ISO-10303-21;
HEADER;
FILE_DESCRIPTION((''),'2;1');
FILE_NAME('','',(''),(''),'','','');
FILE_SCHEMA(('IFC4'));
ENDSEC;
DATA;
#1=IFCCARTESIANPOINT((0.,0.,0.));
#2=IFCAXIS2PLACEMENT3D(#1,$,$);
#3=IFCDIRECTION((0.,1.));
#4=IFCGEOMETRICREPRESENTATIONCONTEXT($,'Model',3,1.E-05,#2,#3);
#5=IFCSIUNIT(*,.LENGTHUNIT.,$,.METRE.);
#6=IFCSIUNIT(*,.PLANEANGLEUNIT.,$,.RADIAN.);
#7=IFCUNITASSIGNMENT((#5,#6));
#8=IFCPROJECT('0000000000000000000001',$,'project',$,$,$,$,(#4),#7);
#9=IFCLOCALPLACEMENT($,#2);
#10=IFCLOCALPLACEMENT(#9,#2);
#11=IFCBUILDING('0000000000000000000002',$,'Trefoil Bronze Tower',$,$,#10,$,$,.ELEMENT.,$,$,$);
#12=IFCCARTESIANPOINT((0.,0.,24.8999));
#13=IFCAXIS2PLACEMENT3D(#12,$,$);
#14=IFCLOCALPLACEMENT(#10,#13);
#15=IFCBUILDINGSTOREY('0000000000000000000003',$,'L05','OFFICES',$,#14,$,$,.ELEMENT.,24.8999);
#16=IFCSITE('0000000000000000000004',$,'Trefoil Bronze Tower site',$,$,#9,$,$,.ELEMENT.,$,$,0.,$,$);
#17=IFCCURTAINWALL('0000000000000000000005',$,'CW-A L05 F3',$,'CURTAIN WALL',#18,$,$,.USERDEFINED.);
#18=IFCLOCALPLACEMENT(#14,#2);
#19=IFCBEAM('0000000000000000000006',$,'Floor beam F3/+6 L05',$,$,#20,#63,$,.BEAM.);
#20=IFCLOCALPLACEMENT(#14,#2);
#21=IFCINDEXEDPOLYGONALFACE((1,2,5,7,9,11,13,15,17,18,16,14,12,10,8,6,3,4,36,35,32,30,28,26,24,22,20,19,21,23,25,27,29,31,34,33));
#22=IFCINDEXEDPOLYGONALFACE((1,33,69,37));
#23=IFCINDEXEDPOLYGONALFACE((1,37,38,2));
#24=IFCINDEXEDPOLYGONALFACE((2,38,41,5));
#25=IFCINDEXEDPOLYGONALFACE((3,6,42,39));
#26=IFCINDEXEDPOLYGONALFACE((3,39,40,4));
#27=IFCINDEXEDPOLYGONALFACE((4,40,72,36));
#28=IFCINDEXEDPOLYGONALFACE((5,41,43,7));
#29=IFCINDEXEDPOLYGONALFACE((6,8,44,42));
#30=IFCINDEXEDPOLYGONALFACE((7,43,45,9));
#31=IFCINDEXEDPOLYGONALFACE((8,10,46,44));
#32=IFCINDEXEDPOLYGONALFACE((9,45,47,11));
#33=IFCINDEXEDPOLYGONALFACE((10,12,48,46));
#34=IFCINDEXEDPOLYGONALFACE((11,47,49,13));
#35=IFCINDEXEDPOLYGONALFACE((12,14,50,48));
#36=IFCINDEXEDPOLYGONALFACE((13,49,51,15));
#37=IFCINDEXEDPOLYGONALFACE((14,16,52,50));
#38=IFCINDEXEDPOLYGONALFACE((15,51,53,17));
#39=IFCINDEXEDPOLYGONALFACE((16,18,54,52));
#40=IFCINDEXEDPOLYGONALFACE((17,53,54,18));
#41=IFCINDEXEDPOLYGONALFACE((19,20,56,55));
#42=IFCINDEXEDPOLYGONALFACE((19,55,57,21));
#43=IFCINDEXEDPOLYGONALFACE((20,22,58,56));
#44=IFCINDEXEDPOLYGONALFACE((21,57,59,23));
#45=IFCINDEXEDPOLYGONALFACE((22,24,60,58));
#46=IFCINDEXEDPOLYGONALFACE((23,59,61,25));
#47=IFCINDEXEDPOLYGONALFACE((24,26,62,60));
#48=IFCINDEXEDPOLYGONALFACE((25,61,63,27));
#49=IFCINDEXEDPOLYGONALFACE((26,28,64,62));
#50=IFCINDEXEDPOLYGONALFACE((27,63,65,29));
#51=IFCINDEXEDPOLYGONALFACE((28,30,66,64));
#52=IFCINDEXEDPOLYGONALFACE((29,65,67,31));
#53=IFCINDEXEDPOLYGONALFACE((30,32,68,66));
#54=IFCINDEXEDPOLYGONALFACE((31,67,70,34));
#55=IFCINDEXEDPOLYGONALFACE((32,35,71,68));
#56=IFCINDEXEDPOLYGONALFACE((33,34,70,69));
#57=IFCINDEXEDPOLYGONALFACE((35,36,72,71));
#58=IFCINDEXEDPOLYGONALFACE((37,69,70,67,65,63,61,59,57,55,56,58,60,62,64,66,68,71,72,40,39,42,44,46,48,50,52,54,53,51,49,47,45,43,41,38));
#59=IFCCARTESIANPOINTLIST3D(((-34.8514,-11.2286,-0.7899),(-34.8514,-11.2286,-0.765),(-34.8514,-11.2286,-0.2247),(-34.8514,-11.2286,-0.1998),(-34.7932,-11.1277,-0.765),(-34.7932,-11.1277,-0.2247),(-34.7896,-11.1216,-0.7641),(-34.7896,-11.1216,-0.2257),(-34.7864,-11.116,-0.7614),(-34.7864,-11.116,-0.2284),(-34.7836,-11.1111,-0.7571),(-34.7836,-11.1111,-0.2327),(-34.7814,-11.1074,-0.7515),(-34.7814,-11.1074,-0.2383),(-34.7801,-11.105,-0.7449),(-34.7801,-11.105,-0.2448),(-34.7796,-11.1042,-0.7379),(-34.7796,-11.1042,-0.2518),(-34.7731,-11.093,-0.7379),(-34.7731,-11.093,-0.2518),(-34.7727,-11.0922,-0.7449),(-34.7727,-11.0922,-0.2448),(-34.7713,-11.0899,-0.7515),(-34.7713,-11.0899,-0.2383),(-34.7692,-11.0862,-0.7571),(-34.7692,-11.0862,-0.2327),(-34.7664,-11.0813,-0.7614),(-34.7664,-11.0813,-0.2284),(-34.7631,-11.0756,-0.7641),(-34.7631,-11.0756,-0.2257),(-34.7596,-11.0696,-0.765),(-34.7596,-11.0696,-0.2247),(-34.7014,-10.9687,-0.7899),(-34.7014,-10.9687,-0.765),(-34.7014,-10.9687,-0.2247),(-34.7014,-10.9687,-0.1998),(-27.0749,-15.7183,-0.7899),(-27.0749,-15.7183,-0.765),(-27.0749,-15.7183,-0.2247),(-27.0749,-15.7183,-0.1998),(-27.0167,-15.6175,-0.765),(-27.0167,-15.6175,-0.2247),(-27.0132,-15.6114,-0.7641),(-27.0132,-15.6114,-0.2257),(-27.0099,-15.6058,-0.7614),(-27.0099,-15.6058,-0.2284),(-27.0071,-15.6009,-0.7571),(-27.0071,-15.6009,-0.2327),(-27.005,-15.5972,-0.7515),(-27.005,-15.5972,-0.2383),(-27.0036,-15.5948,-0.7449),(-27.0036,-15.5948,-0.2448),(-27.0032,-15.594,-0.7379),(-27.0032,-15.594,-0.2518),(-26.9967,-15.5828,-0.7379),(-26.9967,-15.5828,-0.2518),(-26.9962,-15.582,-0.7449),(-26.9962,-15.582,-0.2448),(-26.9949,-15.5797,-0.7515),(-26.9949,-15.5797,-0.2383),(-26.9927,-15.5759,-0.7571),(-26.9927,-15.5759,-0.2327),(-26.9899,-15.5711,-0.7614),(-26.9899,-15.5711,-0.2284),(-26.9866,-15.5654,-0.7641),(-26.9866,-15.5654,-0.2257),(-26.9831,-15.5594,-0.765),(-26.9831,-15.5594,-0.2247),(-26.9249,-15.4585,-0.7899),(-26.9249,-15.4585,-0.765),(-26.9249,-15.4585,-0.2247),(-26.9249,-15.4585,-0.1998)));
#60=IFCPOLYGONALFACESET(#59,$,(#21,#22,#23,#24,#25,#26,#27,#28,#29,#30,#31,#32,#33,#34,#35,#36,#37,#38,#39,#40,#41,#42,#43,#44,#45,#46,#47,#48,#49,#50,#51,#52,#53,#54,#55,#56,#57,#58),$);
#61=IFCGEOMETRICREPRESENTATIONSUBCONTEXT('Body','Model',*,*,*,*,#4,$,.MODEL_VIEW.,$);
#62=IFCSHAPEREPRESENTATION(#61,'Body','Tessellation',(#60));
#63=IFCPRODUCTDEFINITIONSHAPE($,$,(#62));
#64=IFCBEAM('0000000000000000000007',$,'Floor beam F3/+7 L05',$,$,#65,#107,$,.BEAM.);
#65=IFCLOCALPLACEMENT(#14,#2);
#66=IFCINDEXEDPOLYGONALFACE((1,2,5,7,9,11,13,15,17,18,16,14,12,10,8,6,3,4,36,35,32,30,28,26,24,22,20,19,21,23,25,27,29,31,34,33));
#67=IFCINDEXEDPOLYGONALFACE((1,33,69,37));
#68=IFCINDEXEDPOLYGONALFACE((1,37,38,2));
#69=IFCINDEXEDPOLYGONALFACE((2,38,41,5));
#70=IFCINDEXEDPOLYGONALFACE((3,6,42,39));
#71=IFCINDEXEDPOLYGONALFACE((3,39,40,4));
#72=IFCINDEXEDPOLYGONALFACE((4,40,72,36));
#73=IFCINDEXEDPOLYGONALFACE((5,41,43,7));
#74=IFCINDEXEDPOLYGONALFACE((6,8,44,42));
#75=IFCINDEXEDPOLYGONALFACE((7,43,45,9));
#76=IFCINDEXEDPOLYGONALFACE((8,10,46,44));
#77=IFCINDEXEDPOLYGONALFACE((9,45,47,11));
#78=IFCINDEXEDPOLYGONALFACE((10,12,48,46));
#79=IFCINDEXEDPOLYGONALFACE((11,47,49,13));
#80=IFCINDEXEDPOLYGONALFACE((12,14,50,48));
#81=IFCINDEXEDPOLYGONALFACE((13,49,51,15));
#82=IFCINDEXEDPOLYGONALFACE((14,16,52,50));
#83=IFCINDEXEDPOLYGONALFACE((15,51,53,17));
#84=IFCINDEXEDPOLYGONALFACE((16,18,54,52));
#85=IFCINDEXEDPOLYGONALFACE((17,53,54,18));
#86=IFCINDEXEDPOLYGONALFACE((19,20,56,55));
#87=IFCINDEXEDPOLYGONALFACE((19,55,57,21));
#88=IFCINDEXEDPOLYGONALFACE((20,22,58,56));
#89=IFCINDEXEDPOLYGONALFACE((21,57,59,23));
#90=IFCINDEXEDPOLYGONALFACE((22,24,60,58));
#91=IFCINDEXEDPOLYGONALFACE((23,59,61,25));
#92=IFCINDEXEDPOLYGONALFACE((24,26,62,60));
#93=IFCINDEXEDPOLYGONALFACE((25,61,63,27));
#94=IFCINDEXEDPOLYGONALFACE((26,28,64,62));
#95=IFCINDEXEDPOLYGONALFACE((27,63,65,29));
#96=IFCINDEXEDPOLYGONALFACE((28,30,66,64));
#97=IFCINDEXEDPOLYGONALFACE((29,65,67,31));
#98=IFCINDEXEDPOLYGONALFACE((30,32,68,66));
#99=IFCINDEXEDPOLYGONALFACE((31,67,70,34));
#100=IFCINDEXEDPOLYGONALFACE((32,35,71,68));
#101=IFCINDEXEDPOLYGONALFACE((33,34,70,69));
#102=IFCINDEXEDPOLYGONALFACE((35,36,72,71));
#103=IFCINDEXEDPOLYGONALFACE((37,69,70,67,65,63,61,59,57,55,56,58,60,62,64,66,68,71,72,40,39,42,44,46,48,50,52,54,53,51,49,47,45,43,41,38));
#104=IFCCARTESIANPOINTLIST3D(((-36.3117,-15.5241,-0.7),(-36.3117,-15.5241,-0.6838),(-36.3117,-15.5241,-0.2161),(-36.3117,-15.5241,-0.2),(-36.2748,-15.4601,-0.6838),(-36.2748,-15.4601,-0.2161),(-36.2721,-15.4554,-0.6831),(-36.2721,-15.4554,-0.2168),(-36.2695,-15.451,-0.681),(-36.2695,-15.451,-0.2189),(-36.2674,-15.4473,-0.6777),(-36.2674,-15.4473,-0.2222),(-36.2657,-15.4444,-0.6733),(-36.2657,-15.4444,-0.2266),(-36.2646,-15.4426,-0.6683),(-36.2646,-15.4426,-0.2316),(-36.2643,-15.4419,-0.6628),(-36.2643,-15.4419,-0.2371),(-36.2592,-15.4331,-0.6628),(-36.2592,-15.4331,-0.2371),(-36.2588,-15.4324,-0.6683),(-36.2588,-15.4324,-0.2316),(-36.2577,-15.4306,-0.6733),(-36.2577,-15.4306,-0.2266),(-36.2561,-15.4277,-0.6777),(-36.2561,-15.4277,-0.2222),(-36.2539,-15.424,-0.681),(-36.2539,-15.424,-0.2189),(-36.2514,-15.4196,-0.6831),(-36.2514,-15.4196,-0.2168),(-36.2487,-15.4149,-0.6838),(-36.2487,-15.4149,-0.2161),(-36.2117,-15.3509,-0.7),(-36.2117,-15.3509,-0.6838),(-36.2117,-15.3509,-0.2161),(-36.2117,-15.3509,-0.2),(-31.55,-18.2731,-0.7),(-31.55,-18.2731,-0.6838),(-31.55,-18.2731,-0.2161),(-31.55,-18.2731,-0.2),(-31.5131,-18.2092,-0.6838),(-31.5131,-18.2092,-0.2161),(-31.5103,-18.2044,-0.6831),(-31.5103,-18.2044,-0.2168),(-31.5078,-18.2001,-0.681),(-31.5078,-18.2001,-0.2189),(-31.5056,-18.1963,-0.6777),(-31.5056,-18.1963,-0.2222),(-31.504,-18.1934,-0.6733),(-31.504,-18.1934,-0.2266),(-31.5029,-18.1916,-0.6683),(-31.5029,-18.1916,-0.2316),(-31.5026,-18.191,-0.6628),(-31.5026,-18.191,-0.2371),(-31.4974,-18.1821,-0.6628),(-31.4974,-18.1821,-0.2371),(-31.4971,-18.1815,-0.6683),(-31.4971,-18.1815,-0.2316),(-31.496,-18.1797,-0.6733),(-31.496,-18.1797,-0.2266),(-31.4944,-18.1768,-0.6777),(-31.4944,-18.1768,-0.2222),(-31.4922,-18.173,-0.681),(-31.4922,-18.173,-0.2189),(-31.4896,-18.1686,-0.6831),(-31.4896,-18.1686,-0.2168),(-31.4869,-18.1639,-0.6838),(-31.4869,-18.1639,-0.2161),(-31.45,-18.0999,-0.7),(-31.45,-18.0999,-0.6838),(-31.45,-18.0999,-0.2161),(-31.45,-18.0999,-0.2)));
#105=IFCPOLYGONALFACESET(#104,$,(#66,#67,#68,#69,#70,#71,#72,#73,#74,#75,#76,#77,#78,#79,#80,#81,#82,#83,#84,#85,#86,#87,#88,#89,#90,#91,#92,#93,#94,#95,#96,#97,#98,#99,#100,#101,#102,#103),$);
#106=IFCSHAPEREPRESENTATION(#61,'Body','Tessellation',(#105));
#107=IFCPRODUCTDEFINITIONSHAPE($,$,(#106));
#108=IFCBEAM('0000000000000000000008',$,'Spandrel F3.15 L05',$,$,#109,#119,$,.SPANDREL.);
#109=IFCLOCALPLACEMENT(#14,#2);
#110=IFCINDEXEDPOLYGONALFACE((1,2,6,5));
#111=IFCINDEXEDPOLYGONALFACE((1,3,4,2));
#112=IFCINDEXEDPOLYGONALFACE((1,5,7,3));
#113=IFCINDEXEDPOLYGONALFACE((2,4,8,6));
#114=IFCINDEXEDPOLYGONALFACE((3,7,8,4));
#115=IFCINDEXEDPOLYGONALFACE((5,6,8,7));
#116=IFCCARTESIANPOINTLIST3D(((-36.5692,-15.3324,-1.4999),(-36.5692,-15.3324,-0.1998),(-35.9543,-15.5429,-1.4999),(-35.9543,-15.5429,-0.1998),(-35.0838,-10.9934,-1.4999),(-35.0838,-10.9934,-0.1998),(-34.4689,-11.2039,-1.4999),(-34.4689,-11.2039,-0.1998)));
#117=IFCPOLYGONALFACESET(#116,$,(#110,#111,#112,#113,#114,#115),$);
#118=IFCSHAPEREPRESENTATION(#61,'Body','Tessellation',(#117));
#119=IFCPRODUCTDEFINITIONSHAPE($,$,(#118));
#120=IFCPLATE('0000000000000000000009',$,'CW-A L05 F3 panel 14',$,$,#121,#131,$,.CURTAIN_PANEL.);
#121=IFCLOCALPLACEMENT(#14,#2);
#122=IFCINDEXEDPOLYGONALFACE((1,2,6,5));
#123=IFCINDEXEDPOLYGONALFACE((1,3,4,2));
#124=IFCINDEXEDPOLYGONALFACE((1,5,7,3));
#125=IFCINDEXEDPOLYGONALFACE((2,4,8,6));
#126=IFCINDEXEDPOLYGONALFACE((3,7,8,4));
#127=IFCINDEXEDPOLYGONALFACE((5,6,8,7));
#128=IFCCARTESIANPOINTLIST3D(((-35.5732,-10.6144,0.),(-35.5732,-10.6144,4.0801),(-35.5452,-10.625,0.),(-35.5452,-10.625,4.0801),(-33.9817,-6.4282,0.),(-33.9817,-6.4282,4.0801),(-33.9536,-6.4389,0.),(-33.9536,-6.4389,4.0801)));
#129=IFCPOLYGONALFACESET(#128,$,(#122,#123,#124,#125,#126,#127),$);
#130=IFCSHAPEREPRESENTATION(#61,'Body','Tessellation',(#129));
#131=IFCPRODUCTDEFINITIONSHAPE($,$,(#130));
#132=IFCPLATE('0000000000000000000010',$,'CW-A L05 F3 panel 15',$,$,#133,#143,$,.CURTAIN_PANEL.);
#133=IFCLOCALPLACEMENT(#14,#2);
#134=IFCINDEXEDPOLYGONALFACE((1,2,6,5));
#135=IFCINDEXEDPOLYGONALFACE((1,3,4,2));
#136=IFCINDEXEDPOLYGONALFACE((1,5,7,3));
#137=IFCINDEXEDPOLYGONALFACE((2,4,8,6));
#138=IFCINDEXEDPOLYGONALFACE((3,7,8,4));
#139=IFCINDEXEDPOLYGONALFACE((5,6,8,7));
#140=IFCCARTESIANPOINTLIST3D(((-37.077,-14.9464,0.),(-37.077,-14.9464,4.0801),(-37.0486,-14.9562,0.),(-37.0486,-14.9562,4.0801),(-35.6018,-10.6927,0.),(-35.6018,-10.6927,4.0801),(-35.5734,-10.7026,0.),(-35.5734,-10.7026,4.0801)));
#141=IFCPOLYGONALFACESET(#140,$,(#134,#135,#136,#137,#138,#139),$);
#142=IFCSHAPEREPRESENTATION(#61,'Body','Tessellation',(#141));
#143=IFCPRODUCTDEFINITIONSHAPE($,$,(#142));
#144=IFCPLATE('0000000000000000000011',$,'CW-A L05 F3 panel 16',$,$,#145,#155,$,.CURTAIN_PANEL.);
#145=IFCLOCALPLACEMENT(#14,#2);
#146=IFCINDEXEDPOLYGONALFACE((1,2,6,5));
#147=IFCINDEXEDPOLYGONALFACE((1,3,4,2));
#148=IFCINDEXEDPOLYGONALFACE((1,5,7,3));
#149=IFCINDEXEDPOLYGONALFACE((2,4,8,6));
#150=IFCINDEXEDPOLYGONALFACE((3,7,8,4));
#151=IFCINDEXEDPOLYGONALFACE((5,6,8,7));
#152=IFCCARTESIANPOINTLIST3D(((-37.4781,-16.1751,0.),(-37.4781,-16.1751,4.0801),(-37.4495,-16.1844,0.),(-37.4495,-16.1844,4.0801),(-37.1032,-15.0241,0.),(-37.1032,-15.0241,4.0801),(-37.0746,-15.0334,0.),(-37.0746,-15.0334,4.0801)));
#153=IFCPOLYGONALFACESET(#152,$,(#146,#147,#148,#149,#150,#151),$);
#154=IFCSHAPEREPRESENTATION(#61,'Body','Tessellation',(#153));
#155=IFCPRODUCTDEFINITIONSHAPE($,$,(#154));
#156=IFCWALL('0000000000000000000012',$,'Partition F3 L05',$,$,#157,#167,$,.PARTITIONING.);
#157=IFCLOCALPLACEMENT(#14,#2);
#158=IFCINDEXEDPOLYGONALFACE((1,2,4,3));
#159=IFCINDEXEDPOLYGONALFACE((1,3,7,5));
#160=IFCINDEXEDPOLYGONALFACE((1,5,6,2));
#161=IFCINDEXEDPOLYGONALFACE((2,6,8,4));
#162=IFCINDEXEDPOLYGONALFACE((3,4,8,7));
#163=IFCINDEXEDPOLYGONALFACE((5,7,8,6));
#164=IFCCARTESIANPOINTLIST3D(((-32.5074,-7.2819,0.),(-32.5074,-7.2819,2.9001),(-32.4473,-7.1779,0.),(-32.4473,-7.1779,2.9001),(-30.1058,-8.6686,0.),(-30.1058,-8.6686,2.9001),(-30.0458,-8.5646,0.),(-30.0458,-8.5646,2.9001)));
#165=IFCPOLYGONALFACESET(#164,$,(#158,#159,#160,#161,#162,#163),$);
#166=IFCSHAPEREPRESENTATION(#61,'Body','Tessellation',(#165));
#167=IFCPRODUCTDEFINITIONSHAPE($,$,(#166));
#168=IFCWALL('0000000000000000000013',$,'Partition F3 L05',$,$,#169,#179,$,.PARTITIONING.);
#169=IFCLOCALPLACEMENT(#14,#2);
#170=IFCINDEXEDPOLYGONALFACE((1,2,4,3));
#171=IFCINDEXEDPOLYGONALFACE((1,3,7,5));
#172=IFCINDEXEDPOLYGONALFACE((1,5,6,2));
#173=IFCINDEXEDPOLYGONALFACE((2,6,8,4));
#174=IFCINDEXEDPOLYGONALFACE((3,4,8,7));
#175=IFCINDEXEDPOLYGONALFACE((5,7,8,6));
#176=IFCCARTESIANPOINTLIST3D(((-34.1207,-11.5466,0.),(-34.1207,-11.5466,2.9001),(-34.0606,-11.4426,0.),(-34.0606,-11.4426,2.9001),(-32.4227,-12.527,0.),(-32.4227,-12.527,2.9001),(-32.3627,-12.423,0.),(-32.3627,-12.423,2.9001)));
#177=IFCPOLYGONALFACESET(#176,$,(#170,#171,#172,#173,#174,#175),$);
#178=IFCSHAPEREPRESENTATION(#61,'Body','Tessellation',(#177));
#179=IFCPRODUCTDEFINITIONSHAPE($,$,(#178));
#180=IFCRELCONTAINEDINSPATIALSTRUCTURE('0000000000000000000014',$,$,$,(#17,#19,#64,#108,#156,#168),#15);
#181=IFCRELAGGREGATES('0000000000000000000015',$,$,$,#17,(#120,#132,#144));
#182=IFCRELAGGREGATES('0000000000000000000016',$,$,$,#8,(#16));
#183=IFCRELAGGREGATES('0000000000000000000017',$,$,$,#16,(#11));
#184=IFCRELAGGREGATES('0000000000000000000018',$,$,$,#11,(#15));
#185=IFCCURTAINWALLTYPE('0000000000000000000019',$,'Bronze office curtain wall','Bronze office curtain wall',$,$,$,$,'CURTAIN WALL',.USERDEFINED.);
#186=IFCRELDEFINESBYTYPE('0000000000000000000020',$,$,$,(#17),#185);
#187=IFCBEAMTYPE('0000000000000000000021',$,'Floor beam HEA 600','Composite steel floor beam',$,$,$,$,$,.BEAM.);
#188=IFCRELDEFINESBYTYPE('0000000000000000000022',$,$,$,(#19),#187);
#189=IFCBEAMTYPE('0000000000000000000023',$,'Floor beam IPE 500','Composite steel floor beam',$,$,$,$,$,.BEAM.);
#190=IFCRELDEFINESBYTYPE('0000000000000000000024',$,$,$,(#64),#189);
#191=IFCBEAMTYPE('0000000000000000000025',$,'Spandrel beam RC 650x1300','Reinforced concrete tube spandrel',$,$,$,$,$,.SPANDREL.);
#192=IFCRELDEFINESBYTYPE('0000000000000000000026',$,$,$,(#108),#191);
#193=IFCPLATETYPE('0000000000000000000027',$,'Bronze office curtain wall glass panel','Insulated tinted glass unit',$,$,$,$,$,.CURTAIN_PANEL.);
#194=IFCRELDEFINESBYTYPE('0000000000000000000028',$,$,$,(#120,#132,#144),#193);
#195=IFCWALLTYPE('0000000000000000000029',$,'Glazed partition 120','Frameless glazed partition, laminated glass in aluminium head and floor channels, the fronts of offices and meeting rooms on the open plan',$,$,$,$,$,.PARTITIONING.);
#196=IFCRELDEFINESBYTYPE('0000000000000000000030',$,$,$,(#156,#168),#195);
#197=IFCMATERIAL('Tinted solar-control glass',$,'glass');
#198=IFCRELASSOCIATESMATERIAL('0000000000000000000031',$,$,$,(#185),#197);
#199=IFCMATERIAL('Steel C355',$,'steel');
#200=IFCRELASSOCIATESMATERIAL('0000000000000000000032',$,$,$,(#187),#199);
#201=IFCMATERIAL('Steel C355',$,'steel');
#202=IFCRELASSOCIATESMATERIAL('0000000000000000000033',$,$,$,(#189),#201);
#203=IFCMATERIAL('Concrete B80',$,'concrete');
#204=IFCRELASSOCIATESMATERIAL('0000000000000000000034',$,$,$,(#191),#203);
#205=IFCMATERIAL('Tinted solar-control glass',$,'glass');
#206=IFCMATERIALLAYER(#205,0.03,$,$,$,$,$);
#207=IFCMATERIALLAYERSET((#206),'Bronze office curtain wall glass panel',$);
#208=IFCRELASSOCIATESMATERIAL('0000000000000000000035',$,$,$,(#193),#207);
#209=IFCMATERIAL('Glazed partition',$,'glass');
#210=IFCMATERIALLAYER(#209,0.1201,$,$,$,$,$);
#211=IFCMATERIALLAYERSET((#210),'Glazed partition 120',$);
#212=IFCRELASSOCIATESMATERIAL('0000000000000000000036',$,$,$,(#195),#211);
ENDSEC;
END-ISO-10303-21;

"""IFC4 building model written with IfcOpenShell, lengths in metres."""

from ifc_helpers import new_model, si_unit, direction, frame, frame_2d, origin, origin_2d, place, context, subcontext, project, spatial, rectangle, i_section, extrude, material, layer, layer_set, material_profile, profile_set, type_object, element, aggregate, save


model = new_model("IFC4")

# Units and contexts
model_context = context("Model", 3, precision=1e-05, world=origin(), true_north=direction((0.0, 1.0)))
body_context = subcontext(model_context, "Body", "Model", "MODEL_VIEW")
ifc_project = project(units=[si_unit("LENGTHUNIT", "METRE"), si_unit("PLANEANGLEUNIT", "RADIAN")], contexts=[model_context])

# Site, building, storey
site_placement = place(None, origin())
site = spatial("IfcSite", under=ifc_project, at=site_placement, Name="Trefoil Bronze Tower site", CompositionType="ELEMENT", RefElevation=0.0)
building_placement = place(site_placement, origin())
building = spatial("IfcBuilding", under=site, at=building_placement, Name="Trefoil Bronze Tower", CompositionType="ELEMENT")
storey_placement = place(building_placement, frame((0.0, 0.0, 24.8999)))
storey = spatial("IfcBuildingStorey", under=building, at=storey_placement, Name="L05", Description="OFFICES", CompositionType="ELEMENT", Elevation=24.8999)

# Curtain wall
ifc_material_1 = material(Name="Tinted solar-control glass", Category="glass")
curtain_wall_type_1 = type_object("IfcCurtainWallType", Name="Bronze office curtain wall", Description="Bronze office curtain wall", ElementType="CURTAIN WALL", PredefinedType="USERDEFINED", material=ifc_material_1)
curtain_wall_1_placement = place(storey_placement, origin())
curtain_wall_1 = element("IfcCurtainWall", 1, at=curtain_wall_1_placement, inside=storey, type_object=curtain_wall_type_1, Name="CW-A L05 F3", ObjectType="CURTAIN WALL", PredefinedType="USERDEFINED")

# Beams
ifc_material_2 = material(Name="Steel C355", Category="steel")
ifc_material_profile_1 = material_profile(ifc_material_2, i_section(OverallWidth=0.3, OverallDepth=0.5901, WebThickness=0.0129, FlangeThickness=0.0249, FilletRadius=0.0271, at=origin_2d()), Name="HEA 600")
ifc_profile_set_1 = profile_set([ifc_material_profile_1], Name="Steel C355")
beam_type_1 = type_object("IfcBeamType", Name="Floor beam HEA 600", Description="Composite steel floor beam", PredefinedType="BEAM", material=ifc_profile_set_1)
beam_1_placement = place(storey_placement, frame((-34.7764, -11.0986, -0.4949), z_axis=(0.866023, -0.500005, 0.0), x_axis=(0.500005, 0.866023, 0.0)))
element("IfcBeam", 2, at=beam_1_placement, inside=storey, type_object=beam_type_1, Name="Floor beam F3/+6 L05", PredefinedType="BEAM", context=body_context, shape_type="SweptSolid", body=[
    extrude(i_section(OverallWidth=0.3, OverallDepth=0.5901, WebThickness=0.0129, FlangeThickness=0.0249, FilletRadius=0.0271, at=origin_2d()), origin(), (0.0, 0.0, 1.0), 8.9795),
])
ifc_material_3 = material(Name="Steel C355", Category="steel")
ifc_material_profile_2 = material_profile(ifc_material_3, i_section(OverallWidth=0.2, OverallDepth=0.5, WebThickness=0.0103, FlangeThickness=0.0161, FilletRadius=0.021, at=origin_2d()), Name="IPE 500")
ifc_profile_set_2 = profile_set([ifc_material_profile_2], Name="Steel C355")
beam_type_2 = type_object("IfcBeamType", Name="Floor beam IPE 500", Description="Composite steel floor beam", PredefinedType="BEAM", material=ifc_profile_set_2)
beam_2_placement = place(storey_placement, frame((-36.2617, -15.4375, -0.45), z_axis=(0.866038, -0.499979, 0.0), x_axis=(0.499979, 0.866038, 0.0)))
element("IfcBeam", 3, at=beam_2_placement, inside=storey, type_object=beam_type_2, Name="Floor beam F3/+7 L05", PredefinedType="BEAM", context=body_context, shape_type="SweptSolid", body=[
    extrude(i_section(OverallWidth=0.2, OverallDepth=0.5, WebThickness=0.0103, FlangeThickness=0.0161, FilletRadius=0.021, at=origin_2d()), origin(), (0.0, 0.0, 1.0), 5.4983),
])
ifc_material_4 = material(Name="Concrete B80", Category="concrete")
ifc_material_profile_3 = material_profile(ifc_material_4, rectangle(XDim=0.6499, YDim=1.3, at=origin_2d()), Name="RC 650x1300")
ifc_profile_set_3 = profile_set([ifc_material_profile_3], Name="Concrete B80")
beam_type_3 = type_object("IfcBeamType", Name="Spandrel beam RC 650x1300", Description="Reinforced concrete tube spandrel", PredefinedType="SPANDREL", material=ifc_profile_set_3)
beam_3_placement = place(storey_placement, frame((-34.7764, -11.0986, -0.8499), z_axis=(-0.323883, -0.946097, 0.0), x_axis=(0.946097, -0.323883, 0.0)))
element("IfcBeam", 4, at=beam_3_placement, inside=storey, type_object=beam_type_3, Name="Spandrel F3.15 L05", PredefinedType="SPANDREL", context=body_context, shape_type="SweptSolid", body=[
    extrude(rectangle(XDim=0.6499, YDim=1.3, at=origin_2d()), origin(), (0.0, 0.0, 1.0), 4.5862),
])

# Plates
ifc_material_5 = material(Name="Tinted solar-control glass", Category="glass")
ifc_layer_1 = layer(ifc_material_5, 0.03)
ifc_layer_set_1 = layer_set([ifc_layer_1], Name="Bronze office curtain wall glass panel")
plate_type = type_object("IfcPlateType", Name="Bronze office curtain wall glass panel", Description="Insulated tinted glass unit", PredefinedType="CURTAIN_PANEL", material=ifc_layer_set_1)
plate_1_placement = place(storey_placement, frame((-34.7634, -8.5266, 0.0), z_axis=(0.0, 0.0, 1.0), x_axis=(-0.355371, -0.934725, 0.0)))
plate_1 = element("IfcPlate", 5, at=plate_1_placement, type_object=plate_type, Name="CW-A L05 F3 panel 14", PredefinedType="CURTAIN_PANEL", context=body_context, shape_type="SweptSolid", body=[
    extrude(rectangle(XDim=4.4785, YDim=0.03, at=origin_2d()), origin(), (0.0, 0.0, 1.0), 4.0801),
])
plate_2_placement = place(storey_placement, frame((-36.3252, -12.8245, 0.0), z_axis=(0.0, 0.0, 1.0), x_axis=(-0.327674, -0.944791, 0.0)))
plate_2 = element("IfcPlate", 6, at=plate_2_placement, type_object=plate_type, Name="CW-A L05 F3 panel 15", PredefinedType="CURTAIN_PANEL", context=body_context, shape_type="SweptSolid", body=[
    extrude(rectangle(XDim=4.5022, YDim=0.03, at=origin_2d()), origin(), (0.0, 0.0, 1.0), 4.0801),
])
plate_3_placement = place(storey_placement, frame((-37.2764, -15.6042, 0.0), z_axis=(0.0, 0.0, 1.0), x_axis=(-0.309728, -0.950825, 0.0)))
plate_3 = element("IfcPlate", 7, at=plate_3_placement, type_object=plate_type, Name="CW-A L05 F3 panel 16", PredefinedType="CURTAIN_PANEL", context=body_context, shape_type="SweptSolid", body=[
    extrude(rectangle(XDim=1.2104, YDim=0.03, at=origin_2d()), origin(), (0.0, 0.0, 1.0), 4.0801),
])
aggregate(curtain_wall_1, [plate_1, plate_2, plate_3])

# Walls
ifc_material_6 = material(Name="Glazed partition", Category="glass")
ifc_layer_2 = layer(ifc_material_6, 0.1201)
ifc_layer_set_2 = layer_set([ifc_layer_2], Name="Glazed partition 120")
wall_type = type_object("IfcWallType", Name="Glazed partition 120", Description="Frameless glazed partition, laminated glass in aluminium head and floor channels, the fronts of offices and meeting rooms on the open plan", PredefinedType="PARTITIONING", material=ifc_layer_set_2)
wall_1_placement = place(storey_placement, frame((-30.0757, -8.6167, 0.0), z_axis=(0.0, 0.0, 1.0), x_axis=(-0.866002, 0.50004, 0.0)))
element("IfcWall", 8, at=wall_1_placement, inside=storey, type_object=wall_type, Name="Partition F3 L05", PredefinedType="PARTITIONING", context=body_context, shape_type="SweptSolid", body=[
    extrude(rectangle(XDim=2.7732, YDim=0.1201, at=frame_2d((1.3867, 0.0))), origin(), (0.0, 0.0, 1.0), 2.9001),
])
wall_2_placement = place(storey_placement, frame((-32.3926, -12.4751, 0.0), z_axis=(0.0, 0.0, 1.0), x_axis=(-0.865997, 0.500049, 0.0)))
element("IfcWall", 9, at=wall_2_placement, inside=storey, type_object=wall_type, Name="Partition F3 L05", PredefinedType="PARTITIONING", context=body_context, shape_type="SweptSolid", body=[
    extrude(rectangle(XDim=1.9607, YDim=0.1201, at=frame_2d((0.9805, 0.0))), origin(), (0.0, 0.0, 1.0), 2.9001),
])

save(model, "model.ifc")
